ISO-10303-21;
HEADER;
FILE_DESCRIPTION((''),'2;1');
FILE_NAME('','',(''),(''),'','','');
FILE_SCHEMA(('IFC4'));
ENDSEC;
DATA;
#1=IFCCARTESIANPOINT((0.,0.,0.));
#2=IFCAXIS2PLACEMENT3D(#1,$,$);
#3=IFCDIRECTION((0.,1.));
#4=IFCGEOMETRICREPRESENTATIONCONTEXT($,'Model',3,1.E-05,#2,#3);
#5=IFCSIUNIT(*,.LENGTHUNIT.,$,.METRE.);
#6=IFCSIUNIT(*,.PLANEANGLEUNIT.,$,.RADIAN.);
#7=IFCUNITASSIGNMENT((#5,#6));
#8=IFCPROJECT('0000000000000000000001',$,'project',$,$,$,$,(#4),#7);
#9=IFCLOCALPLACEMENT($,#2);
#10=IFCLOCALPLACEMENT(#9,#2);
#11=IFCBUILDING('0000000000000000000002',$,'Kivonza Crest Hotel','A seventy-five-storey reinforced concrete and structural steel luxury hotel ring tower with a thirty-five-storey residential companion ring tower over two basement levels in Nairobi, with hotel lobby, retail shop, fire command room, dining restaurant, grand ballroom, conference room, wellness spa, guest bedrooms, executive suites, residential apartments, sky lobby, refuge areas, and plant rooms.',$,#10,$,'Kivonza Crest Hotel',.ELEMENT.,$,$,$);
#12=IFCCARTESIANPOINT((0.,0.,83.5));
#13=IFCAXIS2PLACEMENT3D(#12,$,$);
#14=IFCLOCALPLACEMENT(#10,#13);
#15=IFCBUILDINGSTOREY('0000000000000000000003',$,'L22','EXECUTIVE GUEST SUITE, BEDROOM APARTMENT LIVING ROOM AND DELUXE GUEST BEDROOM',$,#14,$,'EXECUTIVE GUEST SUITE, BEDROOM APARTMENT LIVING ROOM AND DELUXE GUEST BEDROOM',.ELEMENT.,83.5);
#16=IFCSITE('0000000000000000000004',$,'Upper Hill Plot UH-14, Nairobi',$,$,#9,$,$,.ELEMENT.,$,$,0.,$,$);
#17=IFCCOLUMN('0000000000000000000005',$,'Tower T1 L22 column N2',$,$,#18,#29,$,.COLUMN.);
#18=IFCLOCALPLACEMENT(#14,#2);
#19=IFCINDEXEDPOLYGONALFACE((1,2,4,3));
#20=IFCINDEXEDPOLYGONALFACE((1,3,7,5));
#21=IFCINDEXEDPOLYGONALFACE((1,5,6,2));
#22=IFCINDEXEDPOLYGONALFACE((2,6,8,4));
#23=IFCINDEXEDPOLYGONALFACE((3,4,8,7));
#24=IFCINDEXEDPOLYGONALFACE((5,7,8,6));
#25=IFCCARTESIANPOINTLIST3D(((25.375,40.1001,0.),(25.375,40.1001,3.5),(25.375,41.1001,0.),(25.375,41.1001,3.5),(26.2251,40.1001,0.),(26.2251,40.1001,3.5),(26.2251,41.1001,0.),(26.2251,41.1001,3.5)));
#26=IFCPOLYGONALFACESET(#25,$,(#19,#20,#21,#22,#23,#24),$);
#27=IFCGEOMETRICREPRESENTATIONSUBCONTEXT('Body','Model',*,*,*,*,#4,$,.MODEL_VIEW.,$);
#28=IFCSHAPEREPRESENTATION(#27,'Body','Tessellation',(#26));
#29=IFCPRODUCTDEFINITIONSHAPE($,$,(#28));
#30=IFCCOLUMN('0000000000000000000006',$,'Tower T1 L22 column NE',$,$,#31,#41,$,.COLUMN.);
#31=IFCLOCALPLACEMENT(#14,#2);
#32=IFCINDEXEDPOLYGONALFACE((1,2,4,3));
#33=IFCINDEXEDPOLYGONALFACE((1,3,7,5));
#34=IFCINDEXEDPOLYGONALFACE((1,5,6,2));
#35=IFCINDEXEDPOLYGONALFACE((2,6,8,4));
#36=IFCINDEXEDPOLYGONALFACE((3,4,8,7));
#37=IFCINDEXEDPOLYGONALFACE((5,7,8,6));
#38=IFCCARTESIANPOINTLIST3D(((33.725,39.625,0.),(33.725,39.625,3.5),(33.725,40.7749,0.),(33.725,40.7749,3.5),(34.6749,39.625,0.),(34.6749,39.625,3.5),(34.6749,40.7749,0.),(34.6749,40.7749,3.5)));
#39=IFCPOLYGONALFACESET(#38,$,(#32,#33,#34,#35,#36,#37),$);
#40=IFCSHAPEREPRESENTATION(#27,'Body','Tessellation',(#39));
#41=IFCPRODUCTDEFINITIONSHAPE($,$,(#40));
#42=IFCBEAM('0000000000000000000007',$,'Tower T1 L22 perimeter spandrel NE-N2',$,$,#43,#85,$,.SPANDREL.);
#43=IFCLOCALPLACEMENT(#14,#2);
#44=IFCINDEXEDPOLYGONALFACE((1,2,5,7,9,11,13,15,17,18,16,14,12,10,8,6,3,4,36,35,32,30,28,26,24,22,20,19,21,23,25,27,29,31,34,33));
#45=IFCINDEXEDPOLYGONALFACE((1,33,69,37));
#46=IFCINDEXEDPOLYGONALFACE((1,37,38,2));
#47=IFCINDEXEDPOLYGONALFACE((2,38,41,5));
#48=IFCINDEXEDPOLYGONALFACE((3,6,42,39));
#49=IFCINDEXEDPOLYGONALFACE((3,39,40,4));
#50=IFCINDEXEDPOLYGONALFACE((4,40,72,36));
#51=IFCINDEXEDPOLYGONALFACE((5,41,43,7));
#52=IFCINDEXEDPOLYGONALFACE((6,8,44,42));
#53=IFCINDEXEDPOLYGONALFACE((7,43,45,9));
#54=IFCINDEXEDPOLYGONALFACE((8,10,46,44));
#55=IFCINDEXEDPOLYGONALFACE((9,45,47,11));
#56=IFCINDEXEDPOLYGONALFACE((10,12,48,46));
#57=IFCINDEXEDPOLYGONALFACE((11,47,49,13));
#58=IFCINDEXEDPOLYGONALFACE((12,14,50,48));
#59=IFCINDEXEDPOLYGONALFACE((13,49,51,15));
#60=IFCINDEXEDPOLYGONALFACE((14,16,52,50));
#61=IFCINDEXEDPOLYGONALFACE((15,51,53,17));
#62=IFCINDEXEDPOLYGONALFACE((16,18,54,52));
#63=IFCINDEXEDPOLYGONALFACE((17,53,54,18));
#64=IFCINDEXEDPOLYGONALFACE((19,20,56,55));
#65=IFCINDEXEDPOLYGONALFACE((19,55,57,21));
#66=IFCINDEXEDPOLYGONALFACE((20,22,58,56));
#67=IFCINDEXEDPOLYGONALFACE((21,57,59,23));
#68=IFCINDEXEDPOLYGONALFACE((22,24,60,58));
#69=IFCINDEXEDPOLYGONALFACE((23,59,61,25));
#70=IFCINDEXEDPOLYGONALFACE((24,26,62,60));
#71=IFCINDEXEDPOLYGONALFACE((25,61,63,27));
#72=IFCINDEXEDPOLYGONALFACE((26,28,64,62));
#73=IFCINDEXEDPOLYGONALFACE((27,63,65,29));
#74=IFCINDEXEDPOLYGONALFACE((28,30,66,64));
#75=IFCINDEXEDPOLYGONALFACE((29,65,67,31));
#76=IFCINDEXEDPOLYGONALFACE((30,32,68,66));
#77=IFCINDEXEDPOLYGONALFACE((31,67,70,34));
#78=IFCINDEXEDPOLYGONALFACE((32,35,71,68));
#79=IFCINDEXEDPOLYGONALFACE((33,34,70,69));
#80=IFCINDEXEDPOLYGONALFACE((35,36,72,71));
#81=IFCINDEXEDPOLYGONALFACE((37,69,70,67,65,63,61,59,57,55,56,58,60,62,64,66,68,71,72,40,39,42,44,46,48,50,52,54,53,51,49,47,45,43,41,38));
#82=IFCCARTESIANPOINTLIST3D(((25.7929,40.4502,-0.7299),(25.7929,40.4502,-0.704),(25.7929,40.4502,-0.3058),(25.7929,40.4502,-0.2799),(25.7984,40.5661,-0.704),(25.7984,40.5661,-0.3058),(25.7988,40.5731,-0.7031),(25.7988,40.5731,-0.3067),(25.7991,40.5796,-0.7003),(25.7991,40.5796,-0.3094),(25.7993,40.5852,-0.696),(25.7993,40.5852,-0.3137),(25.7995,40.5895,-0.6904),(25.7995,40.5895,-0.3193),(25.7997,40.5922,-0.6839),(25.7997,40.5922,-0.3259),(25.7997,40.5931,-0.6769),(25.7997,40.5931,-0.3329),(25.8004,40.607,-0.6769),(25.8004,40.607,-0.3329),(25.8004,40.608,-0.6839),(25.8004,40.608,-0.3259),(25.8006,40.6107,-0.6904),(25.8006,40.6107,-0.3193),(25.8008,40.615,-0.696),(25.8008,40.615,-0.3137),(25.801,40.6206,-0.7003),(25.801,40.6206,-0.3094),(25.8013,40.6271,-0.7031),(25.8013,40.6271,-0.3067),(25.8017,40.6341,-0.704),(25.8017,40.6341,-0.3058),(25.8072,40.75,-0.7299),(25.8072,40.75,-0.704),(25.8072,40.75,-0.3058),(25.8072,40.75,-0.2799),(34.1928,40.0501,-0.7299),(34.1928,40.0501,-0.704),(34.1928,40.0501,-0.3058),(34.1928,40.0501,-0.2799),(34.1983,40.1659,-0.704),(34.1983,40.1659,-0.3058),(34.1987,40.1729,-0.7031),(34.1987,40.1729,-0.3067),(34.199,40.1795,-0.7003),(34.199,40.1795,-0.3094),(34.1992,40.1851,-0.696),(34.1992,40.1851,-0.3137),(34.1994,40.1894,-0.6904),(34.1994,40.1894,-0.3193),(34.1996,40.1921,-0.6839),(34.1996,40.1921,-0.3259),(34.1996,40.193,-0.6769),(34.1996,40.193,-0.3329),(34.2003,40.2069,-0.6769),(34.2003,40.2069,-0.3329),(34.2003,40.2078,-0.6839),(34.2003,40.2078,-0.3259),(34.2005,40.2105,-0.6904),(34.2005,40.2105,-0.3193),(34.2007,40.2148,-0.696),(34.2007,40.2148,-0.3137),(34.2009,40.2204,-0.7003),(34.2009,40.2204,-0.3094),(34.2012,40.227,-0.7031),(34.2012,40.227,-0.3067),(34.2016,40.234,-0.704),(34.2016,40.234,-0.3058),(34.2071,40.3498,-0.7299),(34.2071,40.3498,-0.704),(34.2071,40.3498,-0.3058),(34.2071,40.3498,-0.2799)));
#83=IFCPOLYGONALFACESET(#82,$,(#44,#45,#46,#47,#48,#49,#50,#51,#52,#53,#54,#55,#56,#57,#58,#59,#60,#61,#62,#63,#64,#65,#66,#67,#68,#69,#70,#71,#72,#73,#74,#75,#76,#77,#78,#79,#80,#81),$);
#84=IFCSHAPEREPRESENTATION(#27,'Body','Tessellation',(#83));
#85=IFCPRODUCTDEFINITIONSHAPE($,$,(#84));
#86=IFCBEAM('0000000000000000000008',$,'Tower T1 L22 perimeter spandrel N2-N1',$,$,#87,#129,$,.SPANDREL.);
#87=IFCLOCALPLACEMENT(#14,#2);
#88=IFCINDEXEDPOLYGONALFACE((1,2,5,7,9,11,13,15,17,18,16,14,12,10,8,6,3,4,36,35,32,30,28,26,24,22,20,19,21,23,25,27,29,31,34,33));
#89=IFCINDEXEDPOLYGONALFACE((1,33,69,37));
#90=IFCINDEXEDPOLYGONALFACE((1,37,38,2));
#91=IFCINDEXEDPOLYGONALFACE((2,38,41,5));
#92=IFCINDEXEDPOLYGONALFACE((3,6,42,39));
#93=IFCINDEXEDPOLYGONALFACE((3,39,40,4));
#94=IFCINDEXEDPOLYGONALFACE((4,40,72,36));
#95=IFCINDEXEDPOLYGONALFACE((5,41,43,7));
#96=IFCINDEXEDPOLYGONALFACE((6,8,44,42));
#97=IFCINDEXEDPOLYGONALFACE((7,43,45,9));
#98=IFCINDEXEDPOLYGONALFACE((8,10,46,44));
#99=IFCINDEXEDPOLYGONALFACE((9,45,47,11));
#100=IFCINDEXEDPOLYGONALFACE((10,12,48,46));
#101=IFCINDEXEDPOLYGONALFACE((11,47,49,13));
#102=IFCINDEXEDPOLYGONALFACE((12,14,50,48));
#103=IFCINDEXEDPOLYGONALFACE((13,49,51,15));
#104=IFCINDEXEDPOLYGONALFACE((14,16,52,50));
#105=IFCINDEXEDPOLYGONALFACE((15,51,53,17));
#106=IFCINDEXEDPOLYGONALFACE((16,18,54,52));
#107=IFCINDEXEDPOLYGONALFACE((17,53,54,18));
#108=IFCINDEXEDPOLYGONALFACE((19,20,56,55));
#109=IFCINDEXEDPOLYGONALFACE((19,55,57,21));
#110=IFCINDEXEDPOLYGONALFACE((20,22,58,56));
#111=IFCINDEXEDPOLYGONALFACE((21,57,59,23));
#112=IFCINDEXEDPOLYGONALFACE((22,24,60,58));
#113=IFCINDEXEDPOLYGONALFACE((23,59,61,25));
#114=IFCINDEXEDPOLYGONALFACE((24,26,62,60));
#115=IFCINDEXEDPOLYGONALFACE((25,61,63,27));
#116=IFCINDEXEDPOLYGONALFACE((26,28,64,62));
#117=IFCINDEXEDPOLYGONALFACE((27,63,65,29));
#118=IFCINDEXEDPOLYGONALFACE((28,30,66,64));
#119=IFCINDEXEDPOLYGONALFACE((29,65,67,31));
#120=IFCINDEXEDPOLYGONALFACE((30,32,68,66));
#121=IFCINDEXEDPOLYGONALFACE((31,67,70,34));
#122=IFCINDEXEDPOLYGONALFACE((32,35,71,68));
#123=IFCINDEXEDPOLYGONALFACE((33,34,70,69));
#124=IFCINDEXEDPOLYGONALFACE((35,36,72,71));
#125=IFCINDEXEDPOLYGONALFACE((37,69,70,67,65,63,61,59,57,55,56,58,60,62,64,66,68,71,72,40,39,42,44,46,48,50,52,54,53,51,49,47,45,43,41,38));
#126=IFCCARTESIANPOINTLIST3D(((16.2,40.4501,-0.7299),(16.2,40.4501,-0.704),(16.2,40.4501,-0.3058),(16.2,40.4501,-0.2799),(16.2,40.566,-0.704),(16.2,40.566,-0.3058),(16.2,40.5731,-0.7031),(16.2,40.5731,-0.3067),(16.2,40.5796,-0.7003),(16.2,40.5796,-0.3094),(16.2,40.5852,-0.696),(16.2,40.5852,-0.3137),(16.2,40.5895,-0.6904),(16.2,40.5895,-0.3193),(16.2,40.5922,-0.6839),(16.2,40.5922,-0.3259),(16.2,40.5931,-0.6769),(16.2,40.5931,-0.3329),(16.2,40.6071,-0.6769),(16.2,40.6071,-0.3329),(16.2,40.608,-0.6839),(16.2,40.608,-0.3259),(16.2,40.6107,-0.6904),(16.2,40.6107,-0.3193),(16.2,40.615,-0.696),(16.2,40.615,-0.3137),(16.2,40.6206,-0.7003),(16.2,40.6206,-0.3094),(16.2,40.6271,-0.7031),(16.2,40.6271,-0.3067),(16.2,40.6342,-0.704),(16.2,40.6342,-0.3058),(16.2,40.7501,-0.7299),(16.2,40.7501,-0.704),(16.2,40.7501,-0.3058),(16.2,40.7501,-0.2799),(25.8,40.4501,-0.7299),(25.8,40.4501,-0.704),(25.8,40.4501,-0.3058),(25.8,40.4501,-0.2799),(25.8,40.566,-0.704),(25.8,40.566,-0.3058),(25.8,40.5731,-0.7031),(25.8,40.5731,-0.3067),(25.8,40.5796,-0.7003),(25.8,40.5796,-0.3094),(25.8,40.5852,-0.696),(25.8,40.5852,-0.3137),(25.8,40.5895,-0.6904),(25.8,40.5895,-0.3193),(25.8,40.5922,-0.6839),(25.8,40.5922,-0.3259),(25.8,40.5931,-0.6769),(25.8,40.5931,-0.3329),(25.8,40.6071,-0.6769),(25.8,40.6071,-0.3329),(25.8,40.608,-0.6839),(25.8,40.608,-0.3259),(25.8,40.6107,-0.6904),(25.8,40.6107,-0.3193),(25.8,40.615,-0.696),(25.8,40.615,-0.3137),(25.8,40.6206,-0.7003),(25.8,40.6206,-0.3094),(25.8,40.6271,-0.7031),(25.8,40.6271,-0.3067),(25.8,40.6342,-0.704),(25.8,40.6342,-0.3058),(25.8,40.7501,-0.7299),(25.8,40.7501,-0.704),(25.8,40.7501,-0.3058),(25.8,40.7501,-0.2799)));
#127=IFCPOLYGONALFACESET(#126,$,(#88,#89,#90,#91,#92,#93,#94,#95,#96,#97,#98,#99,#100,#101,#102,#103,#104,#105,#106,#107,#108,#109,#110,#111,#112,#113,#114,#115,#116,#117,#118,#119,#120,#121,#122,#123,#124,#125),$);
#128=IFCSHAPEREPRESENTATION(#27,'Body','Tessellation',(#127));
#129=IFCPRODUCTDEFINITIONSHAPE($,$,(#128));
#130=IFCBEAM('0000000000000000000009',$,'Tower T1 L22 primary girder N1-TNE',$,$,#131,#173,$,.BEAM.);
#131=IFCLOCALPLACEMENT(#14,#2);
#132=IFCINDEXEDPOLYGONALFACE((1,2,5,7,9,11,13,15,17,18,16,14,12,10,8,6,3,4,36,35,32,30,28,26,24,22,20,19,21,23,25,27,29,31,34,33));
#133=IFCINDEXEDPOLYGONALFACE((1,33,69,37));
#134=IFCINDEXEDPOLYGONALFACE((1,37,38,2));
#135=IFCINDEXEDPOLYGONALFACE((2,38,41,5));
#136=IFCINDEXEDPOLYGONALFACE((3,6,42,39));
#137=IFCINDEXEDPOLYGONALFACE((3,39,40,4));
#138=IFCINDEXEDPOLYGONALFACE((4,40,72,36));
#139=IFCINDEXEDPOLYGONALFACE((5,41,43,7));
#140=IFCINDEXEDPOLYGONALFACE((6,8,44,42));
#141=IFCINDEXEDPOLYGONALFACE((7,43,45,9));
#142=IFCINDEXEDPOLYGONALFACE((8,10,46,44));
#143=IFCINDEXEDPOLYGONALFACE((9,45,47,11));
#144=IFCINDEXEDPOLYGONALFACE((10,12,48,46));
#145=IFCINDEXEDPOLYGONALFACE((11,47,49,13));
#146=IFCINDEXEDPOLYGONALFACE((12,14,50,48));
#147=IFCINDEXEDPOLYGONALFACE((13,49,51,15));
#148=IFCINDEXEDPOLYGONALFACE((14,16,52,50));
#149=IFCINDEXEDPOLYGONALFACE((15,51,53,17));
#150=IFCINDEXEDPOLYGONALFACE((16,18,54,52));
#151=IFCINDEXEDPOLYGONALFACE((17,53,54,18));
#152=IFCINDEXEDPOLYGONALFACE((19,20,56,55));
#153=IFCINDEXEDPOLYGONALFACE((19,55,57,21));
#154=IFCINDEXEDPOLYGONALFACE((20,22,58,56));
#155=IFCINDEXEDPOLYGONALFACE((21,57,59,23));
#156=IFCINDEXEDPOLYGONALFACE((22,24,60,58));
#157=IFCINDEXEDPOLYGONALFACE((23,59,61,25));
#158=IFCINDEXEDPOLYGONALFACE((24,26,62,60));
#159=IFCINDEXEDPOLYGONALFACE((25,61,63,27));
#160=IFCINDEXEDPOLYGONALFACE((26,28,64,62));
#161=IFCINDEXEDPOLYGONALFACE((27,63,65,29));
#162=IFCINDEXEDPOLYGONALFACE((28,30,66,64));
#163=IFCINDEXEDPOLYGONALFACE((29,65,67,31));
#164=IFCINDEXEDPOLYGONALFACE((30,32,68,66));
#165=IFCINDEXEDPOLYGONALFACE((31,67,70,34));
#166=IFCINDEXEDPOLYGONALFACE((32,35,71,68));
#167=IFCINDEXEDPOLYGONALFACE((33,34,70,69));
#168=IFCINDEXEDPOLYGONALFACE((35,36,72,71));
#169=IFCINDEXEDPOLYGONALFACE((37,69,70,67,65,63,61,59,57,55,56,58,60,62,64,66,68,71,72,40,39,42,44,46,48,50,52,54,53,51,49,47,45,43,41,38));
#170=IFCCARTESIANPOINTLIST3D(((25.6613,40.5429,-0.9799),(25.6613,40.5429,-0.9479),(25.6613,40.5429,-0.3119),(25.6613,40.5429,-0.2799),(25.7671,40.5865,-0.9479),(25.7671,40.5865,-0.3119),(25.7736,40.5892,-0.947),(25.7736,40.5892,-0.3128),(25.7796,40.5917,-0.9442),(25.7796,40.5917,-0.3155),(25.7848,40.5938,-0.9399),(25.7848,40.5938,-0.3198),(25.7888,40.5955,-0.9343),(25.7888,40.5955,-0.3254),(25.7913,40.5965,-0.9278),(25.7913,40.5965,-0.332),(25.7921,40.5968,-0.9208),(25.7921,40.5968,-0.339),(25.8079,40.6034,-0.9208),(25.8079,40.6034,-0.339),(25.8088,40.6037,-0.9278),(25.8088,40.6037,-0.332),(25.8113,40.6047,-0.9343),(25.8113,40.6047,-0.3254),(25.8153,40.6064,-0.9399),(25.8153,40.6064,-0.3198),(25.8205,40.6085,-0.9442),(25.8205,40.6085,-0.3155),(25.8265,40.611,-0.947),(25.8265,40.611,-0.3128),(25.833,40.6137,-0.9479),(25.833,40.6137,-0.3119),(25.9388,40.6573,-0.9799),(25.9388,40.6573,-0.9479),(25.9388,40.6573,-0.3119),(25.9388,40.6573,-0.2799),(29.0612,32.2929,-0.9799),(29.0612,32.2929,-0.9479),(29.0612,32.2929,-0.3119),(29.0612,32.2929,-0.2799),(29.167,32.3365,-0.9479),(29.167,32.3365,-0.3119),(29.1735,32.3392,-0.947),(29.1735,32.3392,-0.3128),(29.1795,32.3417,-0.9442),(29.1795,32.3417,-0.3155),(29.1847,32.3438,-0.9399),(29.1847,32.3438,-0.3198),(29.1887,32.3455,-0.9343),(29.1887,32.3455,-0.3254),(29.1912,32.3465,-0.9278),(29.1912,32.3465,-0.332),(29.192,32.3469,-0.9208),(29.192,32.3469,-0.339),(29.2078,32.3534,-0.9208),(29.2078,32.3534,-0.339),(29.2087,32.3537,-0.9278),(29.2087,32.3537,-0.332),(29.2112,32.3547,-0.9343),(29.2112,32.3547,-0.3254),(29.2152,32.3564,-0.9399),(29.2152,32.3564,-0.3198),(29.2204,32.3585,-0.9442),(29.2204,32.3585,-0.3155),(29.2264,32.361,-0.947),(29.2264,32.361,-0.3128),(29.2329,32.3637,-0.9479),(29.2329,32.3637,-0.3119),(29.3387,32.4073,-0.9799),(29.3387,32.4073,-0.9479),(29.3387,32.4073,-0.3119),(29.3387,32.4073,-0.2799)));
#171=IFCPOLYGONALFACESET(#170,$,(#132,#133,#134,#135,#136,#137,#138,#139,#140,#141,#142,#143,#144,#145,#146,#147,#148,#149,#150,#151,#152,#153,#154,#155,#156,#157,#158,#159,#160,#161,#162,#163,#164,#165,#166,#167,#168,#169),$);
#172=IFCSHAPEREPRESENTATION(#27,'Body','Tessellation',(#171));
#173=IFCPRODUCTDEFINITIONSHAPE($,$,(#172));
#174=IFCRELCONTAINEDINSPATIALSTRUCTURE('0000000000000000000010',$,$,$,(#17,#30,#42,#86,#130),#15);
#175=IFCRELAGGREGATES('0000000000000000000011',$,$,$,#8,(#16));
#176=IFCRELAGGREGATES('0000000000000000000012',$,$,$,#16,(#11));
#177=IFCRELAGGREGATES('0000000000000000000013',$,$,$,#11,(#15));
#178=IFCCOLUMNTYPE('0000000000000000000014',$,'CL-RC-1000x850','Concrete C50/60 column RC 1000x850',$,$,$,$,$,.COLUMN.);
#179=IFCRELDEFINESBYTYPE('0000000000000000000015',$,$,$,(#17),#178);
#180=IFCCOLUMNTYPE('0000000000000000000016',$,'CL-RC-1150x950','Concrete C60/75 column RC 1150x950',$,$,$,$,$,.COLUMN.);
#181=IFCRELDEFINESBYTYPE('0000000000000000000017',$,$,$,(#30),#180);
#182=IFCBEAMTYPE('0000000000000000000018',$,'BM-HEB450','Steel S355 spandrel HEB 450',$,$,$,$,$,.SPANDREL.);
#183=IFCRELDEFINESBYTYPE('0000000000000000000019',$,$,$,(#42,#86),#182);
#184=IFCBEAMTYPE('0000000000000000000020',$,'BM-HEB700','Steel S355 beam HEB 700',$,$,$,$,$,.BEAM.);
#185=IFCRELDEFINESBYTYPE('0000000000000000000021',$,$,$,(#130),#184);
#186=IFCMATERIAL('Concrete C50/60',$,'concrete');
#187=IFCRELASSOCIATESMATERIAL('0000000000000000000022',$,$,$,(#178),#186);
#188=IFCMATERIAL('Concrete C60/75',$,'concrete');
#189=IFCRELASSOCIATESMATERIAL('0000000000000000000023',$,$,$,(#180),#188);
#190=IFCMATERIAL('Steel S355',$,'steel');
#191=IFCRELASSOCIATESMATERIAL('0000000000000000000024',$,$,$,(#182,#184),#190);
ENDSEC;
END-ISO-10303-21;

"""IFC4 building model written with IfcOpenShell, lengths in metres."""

from ifc_helpers import new_model, si_unit, direction, frame, origin, origin_2d, place, context, subcontext, project, spatial, rectangle, i_section, extrude, material, material_profile, profile_set, type_object, element, save


model = new_model("IFC4")

# Units and contexts
model_context = context("Model", 3, precision=1e-05, world=origin(), true_north=direction((0.0, 1.0)))
body_context = subcontext(model_context, "Body", "Model", "MODEL_VIEW")
ifc_project = project(units=[si_unit("LENGTHUNIT", "METRE"), si_unit("PLANEANGLEUNIT", "RADIAN")], contexts=[model_context])

# Site, building, storey
site_placement = place(None, origin())
site = spatial("IfcSite", under=ifc_project, at=site_placement, Name="Upper Hill Plot UH-14, Nairobi", CompositionType="ELEMENT", RefElevation=0.0)
building_placement = place(site_placement, origin())
building = spatial("IfcBuilding", under=site, at=building_placement, Name="Kivonza Crest Hotel", Description="A seventy-five-storey reinforced concrete and structural steel luxury hotel ring tower with a thirty-five-storey residential companion ring tower over two basement levels in Nairobi, with hotel lobby, retail shop, fire command room, dining restaurant, grand ballroom, conference room, wellness spa, guest bedrooms, executive suites, residential apartments, sky lobby, refuge areas, and plant rooms.", LongName="Kivonza Crest Hotel", CompositionType="ELEMENT")
storey_placement = place(building_placement, frame((0.0, 0.0, 83.5)))
storey = spatial("IfcBuildingStorey", under=building, at=storey_placement, Name="L22", Description="EXECUTIVE GUEST SUITE, BEDROOM APARTMENT LIVING ROOM AND DELUXE GUEST BEDROOM", LongName="EXECUTIVE GUEST SUITE, BEDROOM APARTMENT LIVING ROOM AND DELUXE GUEST BEDROOM", CompositionType="ELEMENT", Elevation=83.5)

# Columns
ifc_material_1 = material(Name="Concrete C50/60", Category="concrete")
ifc_material_profile_1 = material_profile(ifc_material_1, rectangle(XDim=0.8501, YDim=1.0, at=origin_2d()), Name="RC 1000x850")
ifc_profile_set_1 = profile_set([ifc_material_profile_1], Name="Concrete C50/60")
column_type_1 = type_object("IfcColumnType", Name="CL-RC-1000x850", Description="Concrete C50/60 column RC 1000x850", PredefinedType="COLUMN", material=ifc_profile_set_1)
column_1_placement = place(storey_placement, frame((25.8, 40.6001, 0.0), z_axis=(0.0, 0.0, 1.0), x_axis=(1.0, 0.0, 0.0)))
element("IfcColumn", 1, at=column_1_placement, inside=storey, type_object=column_type_1, Name="Tower T1 L22 column N2", PredefinedType="COLUMN", context=body_context, shape_type="SweptSolid", body=[
    extrude(rectangle(XDim=0.8501, YDim=1.0, at=origin_2d()), origin(), (0.0, 0.0, 1.0), 3.5),
])
ifc_material_2 = material(Name="Concrete C60/75", Category="concrete")
ifc_material_profile_2 = material_profile(ifc_material_2, rectangle(XDim=0.95, YDim=1.1499, at=origin_2d()), Name="RC 1150x950")
ifc_profile_set_2 = profile_set([ifc_material_profile_2], Name="Concrete C60/75")
column_type_2 = type_object("IfcColumnType", Name="CL-RC-1150x950", Description="Concrete C60/75 column RC 1150x950", PredefinedType="COLUMN", material=ifc_profile_set_2)
column_2_placement = place(storey_placement, frame((34.2, 40.2, 0.0), z_axis=(0.0, 0.0, 1.0), x_axis=(1.0, 0.0, 0.0)))
element("IfcColumn", 2, at=column_2_placement, inside=storey, type_object=column_type_2, Name="Tower T1 L22 column NE", PredefinedType="COLUMN", context=body_context, shape_type="SweptSolid", body=[
    extrude(rectangle(XDim=0.95, YDim=1.1499, at=origin_2d()), origin(), (0.0, 0.0, 1.0), 3.5),
])

# Beams
ifc_material_3 = material(Name="Steel S355", Category="steel")
ifc_material_profile_3 = material_profile(ifc_material_3, i_section(OverallWidth=0.3, OverallDepth=0.45, WebThickness=0.0139, FlangeThickness=0.0259, FilletRadius=0.0271, at=origin_2d()), Name="HEB 450")
ifc_profile_set_3 = profile_set([ifc_material_profile_3], Name="Steel S355")
beam_type_1 = type_object("IfcBeamType", Name="BM-HEB450", Description="Steel S355 spandrel HEB 450", PredefinedType="SPANDREL", material=ifc_profile_set_3)
beam_1_placement = place(storey_placement, frame((34.2, 40.2, -0.5049), z_axis=(-0.998867, 0.047583, 0.0), x_axis=(-0.047583, -0.998867, 0.0)))
element("IfcBeam", 3, at=beam_1_placement, inside=storey, type_object=beam_type_1, Name="Tower T1 L22 perimeter spandrel NE-N2", PredefinedType="SPANDREL", context=body_context, shape_type="SweptSolid", body=[
    extrude(i_section(OverallWidth=0.3, OverallDepth=0.45, WebThickness=0.0139, FlangeThickness=0.0259, FilletRadius=0.0271, at=origin_2d()), origin(), (0.0, 0.0, 1.0), 8.4094),
])
beam_2_placement = place(storey_placement, frame((25.8, 40.6001, -0.5049), z_axis=(-1.0, 0.0, 0.0), x_axis=(0.0, -1.0, 0.0)))
element("IfcBeam", 4, at=beam_2_placement, inside=storey, type_object=beam_type_1, Name="Tower T1 L22 perimeter spandrel N2-N1", PredefinedType="SPANDREL", context=body_context, shape_type="SweptSolid", body=[
    extrude(i_section(OverallWidth=0.3, OverallDepth=0.45, WebThickness=0.0139, FlangeThickness=0.0259, FilletRadius=0.0271, at=origin_2d()), origin(), (0.0, 0.0, 1.0), 9.6001),
])
ifc_material_profile_4 = material_profile(ifc_material_3, i_section(OverallWidth=0.3, OverallDepth=0.7, WebThickness=0.0171, FlangeThickness=0.032, FilletRadius=0.0271, at=origin_2d()), Name="HEB 700")
ifc_profile_set_4 = profile_set([ifc_material_profile_4], Name="Steel S355")
beam_type_2 = type_object("IfcBeamType", Name="BM-HEB700", Description="Steel S355 beam HEB 700", PredefinedType="BEAM", material=ifc_profile_set_4)
beam_3_placement = place(storey_placement, frame((25.8, 40.6001, -0.6299), z_axis=(0.381022, -0.924566, 0.0), x_axis=(0.924566, 0.381022, 0.0)))
element("IfcBeam", 5, at=beam_3_placement, inside=storey, type_object=beam_type_2, Name="Tower T1 L22 primary girder N1-TNE", PredefinedType="BEAM", context=body_context, shape_type="SweptSolid", body=[
    extrude(i_section(OverallWidth=0.3, OverallDepth=0.7, WebThickness=0.0171, FlangeThickness=0.032, FilletRadius=0.0271, at=origin_2d()), origin(), (0.0, 0.0, 1.0), 8.9231),
])

save(model, "model.ifc")
